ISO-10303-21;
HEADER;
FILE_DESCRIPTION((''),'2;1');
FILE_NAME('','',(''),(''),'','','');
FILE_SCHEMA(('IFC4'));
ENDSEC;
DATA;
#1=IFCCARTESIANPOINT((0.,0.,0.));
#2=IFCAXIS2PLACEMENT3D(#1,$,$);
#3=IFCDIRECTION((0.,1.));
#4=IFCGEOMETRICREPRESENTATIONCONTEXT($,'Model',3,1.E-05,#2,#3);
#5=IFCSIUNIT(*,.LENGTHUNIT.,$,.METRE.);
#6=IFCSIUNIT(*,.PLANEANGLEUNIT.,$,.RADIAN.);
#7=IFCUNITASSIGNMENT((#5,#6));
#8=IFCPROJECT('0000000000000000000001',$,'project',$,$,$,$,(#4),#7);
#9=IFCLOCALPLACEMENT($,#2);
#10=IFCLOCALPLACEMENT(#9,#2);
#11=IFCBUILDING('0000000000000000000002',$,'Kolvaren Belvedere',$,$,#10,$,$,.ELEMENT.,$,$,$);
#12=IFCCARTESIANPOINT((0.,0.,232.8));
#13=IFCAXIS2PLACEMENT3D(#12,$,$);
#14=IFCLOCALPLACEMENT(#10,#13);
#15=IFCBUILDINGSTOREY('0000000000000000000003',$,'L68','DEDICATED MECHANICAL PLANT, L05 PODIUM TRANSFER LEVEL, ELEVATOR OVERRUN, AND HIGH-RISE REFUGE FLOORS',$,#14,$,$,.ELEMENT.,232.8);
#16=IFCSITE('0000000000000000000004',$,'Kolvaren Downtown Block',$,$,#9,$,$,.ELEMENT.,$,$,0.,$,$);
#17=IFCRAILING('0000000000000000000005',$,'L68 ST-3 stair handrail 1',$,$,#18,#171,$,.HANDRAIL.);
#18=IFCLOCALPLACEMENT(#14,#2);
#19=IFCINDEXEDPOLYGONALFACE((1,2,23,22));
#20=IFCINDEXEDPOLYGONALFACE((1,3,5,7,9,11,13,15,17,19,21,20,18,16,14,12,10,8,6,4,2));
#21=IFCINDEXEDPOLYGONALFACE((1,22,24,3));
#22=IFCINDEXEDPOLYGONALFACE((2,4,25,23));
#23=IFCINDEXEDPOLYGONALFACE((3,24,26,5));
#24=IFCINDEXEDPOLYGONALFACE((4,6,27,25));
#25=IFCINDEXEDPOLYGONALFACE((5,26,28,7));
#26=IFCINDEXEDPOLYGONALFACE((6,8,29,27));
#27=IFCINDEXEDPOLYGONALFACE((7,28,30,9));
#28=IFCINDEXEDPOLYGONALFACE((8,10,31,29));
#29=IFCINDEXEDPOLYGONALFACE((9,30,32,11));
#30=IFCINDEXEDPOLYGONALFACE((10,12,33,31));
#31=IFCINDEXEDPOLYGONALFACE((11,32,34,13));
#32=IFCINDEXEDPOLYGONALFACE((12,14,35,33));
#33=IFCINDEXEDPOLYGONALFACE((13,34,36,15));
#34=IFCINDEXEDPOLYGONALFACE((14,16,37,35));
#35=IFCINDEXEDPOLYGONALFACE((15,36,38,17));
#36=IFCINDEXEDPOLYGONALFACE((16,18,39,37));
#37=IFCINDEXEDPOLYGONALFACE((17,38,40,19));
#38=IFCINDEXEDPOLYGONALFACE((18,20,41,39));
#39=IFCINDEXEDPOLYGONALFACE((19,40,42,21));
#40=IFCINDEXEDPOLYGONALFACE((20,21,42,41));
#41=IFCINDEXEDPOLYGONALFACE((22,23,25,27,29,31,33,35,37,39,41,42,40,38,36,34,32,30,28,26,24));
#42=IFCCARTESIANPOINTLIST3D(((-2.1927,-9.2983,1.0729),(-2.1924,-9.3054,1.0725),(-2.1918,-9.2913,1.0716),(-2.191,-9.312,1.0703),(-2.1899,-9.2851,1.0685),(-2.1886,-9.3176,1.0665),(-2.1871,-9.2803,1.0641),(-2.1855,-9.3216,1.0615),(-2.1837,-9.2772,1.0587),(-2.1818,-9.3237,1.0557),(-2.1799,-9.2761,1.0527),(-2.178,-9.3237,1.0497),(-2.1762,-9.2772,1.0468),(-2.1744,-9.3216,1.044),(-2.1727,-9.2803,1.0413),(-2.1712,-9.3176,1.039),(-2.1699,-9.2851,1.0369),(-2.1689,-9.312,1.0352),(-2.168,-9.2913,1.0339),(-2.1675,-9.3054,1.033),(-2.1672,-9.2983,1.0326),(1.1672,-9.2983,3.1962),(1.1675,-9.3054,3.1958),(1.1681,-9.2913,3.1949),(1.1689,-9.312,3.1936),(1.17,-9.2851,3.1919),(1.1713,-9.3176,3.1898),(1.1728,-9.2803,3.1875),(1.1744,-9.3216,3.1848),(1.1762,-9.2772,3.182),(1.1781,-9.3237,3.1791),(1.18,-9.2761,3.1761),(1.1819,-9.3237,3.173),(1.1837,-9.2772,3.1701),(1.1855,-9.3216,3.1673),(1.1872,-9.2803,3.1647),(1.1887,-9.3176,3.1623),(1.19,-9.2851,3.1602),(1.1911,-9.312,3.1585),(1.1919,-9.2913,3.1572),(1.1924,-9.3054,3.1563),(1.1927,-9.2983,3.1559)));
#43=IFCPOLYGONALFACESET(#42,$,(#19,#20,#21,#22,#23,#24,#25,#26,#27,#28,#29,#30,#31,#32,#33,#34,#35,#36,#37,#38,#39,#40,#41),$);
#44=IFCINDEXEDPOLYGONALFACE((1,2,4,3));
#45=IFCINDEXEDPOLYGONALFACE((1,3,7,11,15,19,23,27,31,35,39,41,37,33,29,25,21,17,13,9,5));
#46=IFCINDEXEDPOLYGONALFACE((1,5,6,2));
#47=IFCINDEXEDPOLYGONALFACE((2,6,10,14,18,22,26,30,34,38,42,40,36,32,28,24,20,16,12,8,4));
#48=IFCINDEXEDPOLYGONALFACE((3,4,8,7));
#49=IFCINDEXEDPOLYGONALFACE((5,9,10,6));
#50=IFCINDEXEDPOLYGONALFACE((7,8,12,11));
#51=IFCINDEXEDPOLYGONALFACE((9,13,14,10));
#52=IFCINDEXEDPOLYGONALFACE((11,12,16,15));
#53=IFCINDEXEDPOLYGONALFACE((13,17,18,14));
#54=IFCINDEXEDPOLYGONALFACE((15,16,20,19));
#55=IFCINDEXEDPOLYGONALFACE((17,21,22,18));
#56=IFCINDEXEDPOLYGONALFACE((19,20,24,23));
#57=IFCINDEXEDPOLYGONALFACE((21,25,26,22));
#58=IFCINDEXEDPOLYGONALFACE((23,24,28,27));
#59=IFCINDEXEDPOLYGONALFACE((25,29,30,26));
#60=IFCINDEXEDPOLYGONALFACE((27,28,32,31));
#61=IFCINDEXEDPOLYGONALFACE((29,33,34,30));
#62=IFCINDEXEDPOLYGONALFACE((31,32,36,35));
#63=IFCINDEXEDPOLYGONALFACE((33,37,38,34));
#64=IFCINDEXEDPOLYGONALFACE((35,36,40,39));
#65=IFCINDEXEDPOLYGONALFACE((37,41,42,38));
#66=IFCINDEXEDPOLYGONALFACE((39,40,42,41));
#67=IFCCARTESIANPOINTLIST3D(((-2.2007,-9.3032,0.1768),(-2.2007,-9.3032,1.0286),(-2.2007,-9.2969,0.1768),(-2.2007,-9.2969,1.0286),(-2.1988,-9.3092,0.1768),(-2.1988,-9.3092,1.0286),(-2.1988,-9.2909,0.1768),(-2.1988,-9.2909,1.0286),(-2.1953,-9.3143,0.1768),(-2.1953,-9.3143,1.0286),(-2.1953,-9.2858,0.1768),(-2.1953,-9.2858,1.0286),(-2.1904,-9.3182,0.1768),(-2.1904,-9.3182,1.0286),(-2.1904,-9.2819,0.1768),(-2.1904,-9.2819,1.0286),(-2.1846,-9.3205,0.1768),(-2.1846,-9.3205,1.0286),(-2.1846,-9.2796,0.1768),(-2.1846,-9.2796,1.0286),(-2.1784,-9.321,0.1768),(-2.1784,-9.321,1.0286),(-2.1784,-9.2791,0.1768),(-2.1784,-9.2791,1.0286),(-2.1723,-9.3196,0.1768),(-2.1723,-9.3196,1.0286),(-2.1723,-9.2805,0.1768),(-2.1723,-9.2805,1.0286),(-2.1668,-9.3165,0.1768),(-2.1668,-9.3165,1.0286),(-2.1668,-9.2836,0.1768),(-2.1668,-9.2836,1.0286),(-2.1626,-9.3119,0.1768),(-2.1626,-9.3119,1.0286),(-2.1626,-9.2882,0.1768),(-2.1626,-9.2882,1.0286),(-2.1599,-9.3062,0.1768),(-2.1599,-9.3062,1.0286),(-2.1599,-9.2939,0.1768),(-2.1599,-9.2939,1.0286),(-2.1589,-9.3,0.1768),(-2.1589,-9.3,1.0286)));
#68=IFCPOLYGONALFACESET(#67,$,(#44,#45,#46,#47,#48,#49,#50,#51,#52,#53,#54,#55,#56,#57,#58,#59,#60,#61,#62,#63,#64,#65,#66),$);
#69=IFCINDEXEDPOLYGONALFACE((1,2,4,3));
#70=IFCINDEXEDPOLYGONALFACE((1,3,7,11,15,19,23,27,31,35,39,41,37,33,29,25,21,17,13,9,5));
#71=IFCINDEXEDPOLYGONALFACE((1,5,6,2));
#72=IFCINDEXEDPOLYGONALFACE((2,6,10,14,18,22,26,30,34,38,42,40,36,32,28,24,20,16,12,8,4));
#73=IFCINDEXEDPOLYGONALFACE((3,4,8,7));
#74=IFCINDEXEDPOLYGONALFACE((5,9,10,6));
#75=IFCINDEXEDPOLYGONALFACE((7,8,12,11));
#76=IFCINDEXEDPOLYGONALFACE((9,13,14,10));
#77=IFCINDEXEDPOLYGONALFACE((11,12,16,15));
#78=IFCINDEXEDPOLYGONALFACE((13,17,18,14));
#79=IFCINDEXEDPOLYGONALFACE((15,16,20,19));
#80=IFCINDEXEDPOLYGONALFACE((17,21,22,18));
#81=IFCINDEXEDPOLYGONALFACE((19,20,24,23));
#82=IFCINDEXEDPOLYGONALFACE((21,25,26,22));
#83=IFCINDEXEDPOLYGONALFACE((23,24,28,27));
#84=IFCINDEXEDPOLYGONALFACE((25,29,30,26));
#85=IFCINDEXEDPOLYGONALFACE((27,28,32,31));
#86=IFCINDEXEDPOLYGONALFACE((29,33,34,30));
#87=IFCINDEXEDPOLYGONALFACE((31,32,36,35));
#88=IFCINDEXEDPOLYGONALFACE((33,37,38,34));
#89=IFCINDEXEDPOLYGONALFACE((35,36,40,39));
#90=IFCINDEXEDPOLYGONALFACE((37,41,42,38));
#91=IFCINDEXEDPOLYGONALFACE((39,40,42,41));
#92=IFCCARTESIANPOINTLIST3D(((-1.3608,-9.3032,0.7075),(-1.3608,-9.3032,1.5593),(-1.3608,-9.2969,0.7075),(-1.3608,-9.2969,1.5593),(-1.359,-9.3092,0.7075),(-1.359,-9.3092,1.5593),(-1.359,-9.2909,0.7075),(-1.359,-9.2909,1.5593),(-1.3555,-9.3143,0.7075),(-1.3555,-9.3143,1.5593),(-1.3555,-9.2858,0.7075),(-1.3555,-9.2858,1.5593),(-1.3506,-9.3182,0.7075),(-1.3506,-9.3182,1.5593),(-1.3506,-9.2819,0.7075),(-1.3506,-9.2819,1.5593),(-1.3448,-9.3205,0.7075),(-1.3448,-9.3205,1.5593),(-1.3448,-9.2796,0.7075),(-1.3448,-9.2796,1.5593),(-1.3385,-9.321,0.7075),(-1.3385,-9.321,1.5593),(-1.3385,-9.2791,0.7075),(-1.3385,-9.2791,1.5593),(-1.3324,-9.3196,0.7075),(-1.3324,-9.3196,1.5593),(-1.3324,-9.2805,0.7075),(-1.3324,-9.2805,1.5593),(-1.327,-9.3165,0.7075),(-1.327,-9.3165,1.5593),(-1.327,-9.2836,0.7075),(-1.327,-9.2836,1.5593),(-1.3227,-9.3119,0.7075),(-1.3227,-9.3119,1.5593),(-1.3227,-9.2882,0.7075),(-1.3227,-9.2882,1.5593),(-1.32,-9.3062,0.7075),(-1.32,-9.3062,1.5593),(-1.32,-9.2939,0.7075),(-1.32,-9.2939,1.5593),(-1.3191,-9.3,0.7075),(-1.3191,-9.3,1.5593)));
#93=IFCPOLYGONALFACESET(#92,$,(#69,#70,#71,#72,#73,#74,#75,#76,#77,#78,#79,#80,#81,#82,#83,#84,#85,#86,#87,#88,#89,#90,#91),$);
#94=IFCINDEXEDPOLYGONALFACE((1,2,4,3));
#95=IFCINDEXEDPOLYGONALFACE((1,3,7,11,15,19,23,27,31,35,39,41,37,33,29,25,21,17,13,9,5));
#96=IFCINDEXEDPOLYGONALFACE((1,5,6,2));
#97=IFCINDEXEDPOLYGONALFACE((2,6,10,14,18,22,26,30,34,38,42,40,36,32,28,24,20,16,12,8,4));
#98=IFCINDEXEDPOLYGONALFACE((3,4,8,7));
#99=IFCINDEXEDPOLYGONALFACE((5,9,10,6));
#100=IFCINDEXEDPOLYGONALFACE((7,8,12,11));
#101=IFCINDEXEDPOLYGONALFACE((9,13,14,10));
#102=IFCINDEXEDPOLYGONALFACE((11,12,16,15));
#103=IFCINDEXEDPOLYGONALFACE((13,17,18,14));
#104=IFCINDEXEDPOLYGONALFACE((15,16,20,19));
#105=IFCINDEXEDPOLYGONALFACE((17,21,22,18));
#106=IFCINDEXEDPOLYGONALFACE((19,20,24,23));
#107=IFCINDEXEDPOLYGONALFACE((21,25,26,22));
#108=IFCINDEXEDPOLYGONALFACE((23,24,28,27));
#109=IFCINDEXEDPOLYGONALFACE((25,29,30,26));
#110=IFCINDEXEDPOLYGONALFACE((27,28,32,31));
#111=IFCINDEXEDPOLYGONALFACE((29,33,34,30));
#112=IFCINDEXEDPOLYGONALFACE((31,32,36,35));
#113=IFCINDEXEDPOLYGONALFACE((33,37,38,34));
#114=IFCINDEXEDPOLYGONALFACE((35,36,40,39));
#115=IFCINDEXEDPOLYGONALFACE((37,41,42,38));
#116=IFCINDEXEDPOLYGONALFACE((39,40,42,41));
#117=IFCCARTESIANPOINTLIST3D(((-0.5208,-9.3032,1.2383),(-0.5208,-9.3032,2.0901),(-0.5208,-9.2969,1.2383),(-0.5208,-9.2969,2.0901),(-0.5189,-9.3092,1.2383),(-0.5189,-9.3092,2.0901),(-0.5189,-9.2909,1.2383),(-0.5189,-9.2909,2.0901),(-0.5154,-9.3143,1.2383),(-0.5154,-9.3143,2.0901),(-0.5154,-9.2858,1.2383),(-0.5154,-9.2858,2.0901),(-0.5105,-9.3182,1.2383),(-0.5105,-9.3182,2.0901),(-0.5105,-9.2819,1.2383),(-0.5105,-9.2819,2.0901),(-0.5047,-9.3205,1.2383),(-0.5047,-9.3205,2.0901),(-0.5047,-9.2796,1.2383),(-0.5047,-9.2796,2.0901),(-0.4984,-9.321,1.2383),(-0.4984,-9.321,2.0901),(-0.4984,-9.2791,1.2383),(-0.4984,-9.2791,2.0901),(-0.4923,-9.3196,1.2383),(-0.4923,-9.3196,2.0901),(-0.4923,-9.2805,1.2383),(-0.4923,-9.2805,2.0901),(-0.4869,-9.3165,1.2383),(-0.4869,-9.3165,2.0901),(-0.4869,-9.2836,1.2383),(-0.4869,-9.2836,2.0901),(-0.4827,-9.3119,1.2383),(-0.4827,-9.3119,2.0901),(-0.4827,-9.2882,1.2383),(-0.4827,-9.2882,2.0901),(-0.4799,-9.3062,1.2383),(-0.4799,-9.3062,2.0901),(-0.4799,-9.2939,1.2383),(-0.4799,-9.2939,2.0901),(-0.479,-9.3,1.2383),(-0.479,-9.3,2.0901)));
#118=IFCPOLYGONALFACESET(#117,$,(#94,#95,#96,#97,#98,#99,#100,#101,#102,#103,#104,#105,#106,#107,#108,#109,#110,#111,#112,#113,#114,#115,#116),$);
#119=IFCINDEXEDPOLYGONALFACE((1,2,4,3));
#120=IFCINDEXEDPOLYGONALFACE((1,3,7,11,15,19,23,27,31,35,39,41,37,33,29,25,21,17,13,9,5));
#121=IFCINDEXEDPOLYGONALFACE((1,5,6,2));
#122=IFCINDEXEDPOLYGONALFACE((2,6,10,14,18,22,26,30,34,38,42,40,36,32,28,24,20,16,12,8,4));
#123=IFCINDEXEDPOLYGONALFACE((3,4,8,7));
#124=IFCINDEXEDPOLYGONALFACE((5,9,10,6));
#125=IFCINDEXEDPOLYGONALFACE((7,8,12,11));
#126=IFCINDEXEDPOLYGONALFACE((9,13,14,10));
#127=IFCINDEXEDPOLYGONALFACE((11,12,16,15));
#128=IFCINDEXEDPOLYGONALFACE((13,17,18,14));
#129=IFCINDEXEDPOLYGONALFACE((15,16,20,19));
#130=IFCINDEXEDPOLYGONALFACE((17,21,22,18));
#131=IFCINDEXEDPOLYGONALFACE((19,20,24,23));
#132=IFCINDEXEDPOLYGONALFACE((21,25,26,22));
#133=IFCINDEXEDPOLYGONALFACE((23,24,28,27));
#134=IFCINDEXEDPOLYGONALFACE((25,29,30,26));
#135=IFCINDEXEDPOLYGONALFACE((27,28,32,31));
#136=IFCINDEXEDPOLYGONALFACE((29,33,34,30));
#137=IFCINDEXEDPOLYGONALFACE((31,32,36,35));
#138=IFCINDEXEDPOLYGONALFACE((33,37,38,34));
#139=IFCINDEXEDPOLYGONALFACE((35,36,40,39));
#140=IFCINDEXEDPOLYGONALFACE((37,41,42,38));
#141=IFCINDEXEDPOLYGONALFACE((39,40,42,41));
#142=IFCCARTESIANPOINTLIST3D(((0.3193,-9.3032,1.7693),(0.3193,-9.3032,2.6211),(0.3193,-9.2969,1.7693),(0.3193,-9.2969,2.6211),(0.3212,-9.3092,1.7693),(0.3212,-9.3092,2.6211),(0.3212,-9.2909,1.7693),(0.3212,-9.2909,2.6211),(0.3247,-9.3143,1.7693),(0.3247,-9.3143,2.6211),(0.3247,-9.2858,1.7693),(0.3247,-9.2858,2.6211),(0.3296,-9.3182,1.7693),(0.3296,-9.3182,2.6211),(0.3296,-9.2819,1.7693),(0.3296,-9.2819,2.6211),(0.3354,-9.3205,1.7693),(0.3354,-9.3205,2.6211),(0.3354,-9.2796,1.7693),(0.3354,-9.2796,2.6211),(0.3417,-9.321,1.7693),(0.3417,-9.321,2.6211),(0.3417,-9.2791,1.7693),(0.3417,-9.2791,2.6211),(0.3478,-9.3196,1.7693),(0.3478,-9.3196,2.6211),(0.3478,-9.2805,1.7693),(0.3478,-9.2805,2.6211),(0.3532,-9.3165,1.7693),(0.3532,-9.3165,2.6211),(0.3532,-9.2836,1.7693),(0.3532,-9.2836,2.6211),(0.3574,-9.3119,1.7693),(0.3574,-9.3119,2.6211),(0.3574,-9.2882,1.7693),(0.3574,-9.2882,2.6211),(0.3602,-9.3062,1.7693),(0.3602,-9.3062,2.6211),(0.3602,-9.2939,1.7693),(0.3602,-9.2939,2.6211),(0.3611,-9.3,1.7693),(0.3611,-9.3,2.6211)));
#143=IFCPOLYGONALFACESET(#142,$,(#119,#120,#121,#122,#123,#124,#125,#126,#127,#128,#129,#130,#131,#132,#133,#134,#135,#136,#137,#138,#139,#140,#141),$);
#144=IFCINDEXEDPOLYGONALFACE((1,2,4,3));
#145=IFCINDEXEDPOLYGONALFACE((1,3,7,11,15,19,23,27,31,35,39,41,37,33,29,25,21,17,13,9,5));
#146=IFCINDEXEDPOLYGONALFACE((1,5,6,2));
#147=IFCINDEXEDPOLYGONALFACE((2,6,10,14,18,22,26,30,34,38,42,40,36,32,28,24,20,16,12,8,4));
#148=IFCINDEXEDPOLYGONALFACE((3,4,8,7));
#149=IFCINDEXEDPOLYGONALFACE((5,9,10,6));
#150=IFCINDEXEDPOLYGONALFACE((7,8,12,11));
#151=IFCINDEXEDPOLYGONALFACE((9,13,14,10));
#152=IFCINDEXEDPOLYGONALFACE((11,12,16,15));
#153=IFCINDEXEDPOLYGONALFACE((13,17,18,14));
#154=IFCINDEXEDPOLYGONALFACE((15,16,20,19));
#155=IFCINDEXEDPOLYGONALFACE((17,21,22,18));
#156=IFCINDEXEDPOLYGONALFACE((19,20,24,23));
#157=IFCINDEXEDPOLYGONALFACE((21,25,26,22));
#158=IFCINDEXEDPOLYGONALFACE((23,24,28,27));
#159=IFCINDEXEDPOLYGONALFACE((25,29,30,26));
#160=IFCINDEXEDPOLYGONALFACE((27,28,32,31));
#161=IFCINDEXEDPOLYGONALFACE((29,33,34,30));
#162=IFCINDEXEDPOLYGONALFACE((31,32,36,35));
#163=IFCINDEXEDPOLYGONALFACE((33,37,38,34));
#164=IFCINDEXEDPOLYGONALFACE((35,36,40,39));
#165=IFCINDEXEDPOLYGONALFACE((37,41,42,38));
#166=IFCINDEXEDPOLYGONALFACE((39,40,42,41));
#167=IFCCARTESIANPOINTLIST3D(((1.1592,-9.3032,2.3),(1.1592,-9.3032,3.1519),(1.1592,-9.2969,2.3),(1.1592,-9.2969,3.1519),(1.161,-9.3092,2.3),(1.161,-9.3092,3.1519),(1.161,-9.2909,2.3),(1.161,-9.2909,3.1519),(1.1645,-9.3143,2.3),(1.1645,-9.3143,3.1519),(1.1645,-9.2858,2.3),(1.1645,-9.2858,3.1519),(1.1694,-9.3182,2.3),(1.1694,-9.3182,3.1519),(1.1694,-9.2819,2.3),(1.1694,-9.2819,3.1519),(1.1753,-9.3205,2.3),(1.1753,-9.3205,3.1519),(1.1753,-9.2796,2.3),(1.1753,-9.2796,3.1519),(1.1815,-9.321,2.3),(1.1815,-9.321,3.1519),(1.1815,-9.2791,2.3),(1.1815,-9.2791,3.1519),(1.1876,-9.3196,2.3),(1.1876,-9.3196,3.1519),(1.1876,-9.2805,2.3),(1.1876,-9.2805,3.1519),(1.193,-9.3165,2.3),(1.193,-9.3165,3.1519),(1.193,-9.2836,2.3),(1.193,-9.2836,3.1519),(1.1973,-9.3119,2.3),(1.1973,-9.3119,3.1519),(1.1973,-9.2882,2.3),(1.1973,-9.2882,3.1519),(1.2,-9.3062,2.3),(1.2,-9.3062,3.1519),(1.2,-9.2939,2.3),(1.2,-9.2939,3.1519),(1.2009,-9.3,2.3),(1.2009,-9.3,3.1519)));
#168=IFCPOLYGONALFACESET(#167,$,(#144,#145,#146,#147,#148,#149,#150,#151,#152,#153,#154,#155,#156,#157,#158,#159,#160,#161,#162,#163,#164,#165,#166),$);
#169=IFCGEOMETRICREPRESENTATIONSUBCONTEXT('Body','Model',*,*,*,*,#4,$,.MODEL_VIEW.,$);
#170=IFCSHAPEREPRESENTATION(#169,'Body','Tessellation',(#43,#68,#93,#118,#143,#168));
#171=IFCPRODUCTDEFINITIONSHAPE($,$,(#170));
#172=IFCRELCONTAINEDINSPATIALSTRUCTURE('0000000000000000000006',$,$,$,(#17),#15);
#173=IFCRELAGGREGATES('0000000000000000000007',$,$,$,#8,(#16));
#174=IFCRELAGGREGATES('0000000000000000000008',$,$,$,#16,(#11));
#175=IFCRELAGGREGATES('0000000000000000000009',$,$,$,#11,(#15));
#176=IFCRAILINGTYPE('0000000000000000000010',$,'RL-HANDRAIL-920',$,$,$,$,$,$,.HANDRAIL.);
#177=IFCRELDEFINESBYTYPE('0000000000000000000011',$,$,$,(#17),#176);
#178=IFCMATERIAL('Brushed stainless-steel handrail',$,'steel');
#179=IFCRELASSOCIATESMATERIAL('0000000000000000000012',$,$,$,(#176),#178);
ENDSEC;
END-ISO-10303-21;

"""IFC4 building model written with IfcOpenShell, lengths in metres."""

from ifc_helpers import new_model, si_unit, direction, frame, origin, origin_2d, place, context, subcontext, project, spatial, circle, extrude, material, type_object, element, save


model = new_model("IFC4")

# Units and contexts
model_context = context("Model", 3, precision=1e-05, world=origin(), true_north=direction((0.0, 1.0)))
body_context = subcontext(model_context, "Body", "Model", "MODEL_VIEW")
ifc_project = project(units=[si_unit("LENGTHUNIT", "METRE"), si_unit("PLANEANGLEUNIT", "RADIAN")], contexts=[model_context])

# Site, building, storey
site_placement = place(None, origin())
site = spatial("IfcSite", under=ifc_project, at=site_placement, Name="Kolvaren Downtown Block", CompositionType="ELEMENT", RefElevation=0.0)
building_placement = place(site_placement, origin())
building = spatial("IfcBuilding", under=site, at=building_placement, Name="Kolvaren Belvedere", CompositionType="ELEMENT")
storey_placement = place(building_placement, frame((0.0, 0.0, 232.8)))
storey = spatial("IfcBuildingStorey", under=building, at=storey_placement, Name="L68", Description="DEDICATED MECHANICAL PLANT, L05 PODIUM TRANSFER LEVEL, ELEVATOR OVERRUN, AND HIGH-RISE REFUGE FLOORS", CompositionType="ELEMENT", Elevation=232.8)

# Railing
ifc_material_1 = material(Name="Brushed stainless-steel handrail", Category="steel")
railing_type_1 = type_object("IfcRailingType", Name="RL-HANDRAIL-920", PredefinedType="HANDRAIL", material=ifc_material_1)
railing_1_placement = place(storey_placement, frame((-2.1799, -9.3, 0.1768)))
element("IfcRailing", 1, at=railing_1_placement, inside=storey, type_object=railing_type_1, Name="L68 ST-3 stair handrail 1", PredefinedType="HANDRAIL", context=body_context, shape_type="SweptSolid", body=[
    extrude(circle(Radius=0.0239, at=origin_2d()), frame((0.0, 0.0, 0.876), z_axis=(0.845344, 0.0, 0.534222), x_axis=(0.0, 1.0, 0.0)), (0.0, 0.0, 1.0), 3.9746),
    extrude(circle(Radius=0.021, at=origin_2d()), origin(), (0.0, 0.0, 1.0), 0.8518),
    extrude(circle(Radius=0.021, at=origin_2d()), frame((0.8398, 0.0, 0.5308)), (0.0, 0.0, 1.0), 0.8518),
    extrude(circle(Radius=0.021, at=origin_2d()), frame((1.6799, 0.0, 1.0615)), (0.0, 0.0, 1.0), 0.8518),
    extrude(circle(Radius=0.021, at=origin_2d()), frame((2.52, 0.0, 1.5925)), (0.0, 0.0, 1.0), 0.8518),
    extrude(circle(Radius=0.021, at=origin_2d()), frame((3.3599, 0.0, 2.1233)), (0.0, 0.0, 1.0), 0.8518),
])

save(model, "model.ifc")
